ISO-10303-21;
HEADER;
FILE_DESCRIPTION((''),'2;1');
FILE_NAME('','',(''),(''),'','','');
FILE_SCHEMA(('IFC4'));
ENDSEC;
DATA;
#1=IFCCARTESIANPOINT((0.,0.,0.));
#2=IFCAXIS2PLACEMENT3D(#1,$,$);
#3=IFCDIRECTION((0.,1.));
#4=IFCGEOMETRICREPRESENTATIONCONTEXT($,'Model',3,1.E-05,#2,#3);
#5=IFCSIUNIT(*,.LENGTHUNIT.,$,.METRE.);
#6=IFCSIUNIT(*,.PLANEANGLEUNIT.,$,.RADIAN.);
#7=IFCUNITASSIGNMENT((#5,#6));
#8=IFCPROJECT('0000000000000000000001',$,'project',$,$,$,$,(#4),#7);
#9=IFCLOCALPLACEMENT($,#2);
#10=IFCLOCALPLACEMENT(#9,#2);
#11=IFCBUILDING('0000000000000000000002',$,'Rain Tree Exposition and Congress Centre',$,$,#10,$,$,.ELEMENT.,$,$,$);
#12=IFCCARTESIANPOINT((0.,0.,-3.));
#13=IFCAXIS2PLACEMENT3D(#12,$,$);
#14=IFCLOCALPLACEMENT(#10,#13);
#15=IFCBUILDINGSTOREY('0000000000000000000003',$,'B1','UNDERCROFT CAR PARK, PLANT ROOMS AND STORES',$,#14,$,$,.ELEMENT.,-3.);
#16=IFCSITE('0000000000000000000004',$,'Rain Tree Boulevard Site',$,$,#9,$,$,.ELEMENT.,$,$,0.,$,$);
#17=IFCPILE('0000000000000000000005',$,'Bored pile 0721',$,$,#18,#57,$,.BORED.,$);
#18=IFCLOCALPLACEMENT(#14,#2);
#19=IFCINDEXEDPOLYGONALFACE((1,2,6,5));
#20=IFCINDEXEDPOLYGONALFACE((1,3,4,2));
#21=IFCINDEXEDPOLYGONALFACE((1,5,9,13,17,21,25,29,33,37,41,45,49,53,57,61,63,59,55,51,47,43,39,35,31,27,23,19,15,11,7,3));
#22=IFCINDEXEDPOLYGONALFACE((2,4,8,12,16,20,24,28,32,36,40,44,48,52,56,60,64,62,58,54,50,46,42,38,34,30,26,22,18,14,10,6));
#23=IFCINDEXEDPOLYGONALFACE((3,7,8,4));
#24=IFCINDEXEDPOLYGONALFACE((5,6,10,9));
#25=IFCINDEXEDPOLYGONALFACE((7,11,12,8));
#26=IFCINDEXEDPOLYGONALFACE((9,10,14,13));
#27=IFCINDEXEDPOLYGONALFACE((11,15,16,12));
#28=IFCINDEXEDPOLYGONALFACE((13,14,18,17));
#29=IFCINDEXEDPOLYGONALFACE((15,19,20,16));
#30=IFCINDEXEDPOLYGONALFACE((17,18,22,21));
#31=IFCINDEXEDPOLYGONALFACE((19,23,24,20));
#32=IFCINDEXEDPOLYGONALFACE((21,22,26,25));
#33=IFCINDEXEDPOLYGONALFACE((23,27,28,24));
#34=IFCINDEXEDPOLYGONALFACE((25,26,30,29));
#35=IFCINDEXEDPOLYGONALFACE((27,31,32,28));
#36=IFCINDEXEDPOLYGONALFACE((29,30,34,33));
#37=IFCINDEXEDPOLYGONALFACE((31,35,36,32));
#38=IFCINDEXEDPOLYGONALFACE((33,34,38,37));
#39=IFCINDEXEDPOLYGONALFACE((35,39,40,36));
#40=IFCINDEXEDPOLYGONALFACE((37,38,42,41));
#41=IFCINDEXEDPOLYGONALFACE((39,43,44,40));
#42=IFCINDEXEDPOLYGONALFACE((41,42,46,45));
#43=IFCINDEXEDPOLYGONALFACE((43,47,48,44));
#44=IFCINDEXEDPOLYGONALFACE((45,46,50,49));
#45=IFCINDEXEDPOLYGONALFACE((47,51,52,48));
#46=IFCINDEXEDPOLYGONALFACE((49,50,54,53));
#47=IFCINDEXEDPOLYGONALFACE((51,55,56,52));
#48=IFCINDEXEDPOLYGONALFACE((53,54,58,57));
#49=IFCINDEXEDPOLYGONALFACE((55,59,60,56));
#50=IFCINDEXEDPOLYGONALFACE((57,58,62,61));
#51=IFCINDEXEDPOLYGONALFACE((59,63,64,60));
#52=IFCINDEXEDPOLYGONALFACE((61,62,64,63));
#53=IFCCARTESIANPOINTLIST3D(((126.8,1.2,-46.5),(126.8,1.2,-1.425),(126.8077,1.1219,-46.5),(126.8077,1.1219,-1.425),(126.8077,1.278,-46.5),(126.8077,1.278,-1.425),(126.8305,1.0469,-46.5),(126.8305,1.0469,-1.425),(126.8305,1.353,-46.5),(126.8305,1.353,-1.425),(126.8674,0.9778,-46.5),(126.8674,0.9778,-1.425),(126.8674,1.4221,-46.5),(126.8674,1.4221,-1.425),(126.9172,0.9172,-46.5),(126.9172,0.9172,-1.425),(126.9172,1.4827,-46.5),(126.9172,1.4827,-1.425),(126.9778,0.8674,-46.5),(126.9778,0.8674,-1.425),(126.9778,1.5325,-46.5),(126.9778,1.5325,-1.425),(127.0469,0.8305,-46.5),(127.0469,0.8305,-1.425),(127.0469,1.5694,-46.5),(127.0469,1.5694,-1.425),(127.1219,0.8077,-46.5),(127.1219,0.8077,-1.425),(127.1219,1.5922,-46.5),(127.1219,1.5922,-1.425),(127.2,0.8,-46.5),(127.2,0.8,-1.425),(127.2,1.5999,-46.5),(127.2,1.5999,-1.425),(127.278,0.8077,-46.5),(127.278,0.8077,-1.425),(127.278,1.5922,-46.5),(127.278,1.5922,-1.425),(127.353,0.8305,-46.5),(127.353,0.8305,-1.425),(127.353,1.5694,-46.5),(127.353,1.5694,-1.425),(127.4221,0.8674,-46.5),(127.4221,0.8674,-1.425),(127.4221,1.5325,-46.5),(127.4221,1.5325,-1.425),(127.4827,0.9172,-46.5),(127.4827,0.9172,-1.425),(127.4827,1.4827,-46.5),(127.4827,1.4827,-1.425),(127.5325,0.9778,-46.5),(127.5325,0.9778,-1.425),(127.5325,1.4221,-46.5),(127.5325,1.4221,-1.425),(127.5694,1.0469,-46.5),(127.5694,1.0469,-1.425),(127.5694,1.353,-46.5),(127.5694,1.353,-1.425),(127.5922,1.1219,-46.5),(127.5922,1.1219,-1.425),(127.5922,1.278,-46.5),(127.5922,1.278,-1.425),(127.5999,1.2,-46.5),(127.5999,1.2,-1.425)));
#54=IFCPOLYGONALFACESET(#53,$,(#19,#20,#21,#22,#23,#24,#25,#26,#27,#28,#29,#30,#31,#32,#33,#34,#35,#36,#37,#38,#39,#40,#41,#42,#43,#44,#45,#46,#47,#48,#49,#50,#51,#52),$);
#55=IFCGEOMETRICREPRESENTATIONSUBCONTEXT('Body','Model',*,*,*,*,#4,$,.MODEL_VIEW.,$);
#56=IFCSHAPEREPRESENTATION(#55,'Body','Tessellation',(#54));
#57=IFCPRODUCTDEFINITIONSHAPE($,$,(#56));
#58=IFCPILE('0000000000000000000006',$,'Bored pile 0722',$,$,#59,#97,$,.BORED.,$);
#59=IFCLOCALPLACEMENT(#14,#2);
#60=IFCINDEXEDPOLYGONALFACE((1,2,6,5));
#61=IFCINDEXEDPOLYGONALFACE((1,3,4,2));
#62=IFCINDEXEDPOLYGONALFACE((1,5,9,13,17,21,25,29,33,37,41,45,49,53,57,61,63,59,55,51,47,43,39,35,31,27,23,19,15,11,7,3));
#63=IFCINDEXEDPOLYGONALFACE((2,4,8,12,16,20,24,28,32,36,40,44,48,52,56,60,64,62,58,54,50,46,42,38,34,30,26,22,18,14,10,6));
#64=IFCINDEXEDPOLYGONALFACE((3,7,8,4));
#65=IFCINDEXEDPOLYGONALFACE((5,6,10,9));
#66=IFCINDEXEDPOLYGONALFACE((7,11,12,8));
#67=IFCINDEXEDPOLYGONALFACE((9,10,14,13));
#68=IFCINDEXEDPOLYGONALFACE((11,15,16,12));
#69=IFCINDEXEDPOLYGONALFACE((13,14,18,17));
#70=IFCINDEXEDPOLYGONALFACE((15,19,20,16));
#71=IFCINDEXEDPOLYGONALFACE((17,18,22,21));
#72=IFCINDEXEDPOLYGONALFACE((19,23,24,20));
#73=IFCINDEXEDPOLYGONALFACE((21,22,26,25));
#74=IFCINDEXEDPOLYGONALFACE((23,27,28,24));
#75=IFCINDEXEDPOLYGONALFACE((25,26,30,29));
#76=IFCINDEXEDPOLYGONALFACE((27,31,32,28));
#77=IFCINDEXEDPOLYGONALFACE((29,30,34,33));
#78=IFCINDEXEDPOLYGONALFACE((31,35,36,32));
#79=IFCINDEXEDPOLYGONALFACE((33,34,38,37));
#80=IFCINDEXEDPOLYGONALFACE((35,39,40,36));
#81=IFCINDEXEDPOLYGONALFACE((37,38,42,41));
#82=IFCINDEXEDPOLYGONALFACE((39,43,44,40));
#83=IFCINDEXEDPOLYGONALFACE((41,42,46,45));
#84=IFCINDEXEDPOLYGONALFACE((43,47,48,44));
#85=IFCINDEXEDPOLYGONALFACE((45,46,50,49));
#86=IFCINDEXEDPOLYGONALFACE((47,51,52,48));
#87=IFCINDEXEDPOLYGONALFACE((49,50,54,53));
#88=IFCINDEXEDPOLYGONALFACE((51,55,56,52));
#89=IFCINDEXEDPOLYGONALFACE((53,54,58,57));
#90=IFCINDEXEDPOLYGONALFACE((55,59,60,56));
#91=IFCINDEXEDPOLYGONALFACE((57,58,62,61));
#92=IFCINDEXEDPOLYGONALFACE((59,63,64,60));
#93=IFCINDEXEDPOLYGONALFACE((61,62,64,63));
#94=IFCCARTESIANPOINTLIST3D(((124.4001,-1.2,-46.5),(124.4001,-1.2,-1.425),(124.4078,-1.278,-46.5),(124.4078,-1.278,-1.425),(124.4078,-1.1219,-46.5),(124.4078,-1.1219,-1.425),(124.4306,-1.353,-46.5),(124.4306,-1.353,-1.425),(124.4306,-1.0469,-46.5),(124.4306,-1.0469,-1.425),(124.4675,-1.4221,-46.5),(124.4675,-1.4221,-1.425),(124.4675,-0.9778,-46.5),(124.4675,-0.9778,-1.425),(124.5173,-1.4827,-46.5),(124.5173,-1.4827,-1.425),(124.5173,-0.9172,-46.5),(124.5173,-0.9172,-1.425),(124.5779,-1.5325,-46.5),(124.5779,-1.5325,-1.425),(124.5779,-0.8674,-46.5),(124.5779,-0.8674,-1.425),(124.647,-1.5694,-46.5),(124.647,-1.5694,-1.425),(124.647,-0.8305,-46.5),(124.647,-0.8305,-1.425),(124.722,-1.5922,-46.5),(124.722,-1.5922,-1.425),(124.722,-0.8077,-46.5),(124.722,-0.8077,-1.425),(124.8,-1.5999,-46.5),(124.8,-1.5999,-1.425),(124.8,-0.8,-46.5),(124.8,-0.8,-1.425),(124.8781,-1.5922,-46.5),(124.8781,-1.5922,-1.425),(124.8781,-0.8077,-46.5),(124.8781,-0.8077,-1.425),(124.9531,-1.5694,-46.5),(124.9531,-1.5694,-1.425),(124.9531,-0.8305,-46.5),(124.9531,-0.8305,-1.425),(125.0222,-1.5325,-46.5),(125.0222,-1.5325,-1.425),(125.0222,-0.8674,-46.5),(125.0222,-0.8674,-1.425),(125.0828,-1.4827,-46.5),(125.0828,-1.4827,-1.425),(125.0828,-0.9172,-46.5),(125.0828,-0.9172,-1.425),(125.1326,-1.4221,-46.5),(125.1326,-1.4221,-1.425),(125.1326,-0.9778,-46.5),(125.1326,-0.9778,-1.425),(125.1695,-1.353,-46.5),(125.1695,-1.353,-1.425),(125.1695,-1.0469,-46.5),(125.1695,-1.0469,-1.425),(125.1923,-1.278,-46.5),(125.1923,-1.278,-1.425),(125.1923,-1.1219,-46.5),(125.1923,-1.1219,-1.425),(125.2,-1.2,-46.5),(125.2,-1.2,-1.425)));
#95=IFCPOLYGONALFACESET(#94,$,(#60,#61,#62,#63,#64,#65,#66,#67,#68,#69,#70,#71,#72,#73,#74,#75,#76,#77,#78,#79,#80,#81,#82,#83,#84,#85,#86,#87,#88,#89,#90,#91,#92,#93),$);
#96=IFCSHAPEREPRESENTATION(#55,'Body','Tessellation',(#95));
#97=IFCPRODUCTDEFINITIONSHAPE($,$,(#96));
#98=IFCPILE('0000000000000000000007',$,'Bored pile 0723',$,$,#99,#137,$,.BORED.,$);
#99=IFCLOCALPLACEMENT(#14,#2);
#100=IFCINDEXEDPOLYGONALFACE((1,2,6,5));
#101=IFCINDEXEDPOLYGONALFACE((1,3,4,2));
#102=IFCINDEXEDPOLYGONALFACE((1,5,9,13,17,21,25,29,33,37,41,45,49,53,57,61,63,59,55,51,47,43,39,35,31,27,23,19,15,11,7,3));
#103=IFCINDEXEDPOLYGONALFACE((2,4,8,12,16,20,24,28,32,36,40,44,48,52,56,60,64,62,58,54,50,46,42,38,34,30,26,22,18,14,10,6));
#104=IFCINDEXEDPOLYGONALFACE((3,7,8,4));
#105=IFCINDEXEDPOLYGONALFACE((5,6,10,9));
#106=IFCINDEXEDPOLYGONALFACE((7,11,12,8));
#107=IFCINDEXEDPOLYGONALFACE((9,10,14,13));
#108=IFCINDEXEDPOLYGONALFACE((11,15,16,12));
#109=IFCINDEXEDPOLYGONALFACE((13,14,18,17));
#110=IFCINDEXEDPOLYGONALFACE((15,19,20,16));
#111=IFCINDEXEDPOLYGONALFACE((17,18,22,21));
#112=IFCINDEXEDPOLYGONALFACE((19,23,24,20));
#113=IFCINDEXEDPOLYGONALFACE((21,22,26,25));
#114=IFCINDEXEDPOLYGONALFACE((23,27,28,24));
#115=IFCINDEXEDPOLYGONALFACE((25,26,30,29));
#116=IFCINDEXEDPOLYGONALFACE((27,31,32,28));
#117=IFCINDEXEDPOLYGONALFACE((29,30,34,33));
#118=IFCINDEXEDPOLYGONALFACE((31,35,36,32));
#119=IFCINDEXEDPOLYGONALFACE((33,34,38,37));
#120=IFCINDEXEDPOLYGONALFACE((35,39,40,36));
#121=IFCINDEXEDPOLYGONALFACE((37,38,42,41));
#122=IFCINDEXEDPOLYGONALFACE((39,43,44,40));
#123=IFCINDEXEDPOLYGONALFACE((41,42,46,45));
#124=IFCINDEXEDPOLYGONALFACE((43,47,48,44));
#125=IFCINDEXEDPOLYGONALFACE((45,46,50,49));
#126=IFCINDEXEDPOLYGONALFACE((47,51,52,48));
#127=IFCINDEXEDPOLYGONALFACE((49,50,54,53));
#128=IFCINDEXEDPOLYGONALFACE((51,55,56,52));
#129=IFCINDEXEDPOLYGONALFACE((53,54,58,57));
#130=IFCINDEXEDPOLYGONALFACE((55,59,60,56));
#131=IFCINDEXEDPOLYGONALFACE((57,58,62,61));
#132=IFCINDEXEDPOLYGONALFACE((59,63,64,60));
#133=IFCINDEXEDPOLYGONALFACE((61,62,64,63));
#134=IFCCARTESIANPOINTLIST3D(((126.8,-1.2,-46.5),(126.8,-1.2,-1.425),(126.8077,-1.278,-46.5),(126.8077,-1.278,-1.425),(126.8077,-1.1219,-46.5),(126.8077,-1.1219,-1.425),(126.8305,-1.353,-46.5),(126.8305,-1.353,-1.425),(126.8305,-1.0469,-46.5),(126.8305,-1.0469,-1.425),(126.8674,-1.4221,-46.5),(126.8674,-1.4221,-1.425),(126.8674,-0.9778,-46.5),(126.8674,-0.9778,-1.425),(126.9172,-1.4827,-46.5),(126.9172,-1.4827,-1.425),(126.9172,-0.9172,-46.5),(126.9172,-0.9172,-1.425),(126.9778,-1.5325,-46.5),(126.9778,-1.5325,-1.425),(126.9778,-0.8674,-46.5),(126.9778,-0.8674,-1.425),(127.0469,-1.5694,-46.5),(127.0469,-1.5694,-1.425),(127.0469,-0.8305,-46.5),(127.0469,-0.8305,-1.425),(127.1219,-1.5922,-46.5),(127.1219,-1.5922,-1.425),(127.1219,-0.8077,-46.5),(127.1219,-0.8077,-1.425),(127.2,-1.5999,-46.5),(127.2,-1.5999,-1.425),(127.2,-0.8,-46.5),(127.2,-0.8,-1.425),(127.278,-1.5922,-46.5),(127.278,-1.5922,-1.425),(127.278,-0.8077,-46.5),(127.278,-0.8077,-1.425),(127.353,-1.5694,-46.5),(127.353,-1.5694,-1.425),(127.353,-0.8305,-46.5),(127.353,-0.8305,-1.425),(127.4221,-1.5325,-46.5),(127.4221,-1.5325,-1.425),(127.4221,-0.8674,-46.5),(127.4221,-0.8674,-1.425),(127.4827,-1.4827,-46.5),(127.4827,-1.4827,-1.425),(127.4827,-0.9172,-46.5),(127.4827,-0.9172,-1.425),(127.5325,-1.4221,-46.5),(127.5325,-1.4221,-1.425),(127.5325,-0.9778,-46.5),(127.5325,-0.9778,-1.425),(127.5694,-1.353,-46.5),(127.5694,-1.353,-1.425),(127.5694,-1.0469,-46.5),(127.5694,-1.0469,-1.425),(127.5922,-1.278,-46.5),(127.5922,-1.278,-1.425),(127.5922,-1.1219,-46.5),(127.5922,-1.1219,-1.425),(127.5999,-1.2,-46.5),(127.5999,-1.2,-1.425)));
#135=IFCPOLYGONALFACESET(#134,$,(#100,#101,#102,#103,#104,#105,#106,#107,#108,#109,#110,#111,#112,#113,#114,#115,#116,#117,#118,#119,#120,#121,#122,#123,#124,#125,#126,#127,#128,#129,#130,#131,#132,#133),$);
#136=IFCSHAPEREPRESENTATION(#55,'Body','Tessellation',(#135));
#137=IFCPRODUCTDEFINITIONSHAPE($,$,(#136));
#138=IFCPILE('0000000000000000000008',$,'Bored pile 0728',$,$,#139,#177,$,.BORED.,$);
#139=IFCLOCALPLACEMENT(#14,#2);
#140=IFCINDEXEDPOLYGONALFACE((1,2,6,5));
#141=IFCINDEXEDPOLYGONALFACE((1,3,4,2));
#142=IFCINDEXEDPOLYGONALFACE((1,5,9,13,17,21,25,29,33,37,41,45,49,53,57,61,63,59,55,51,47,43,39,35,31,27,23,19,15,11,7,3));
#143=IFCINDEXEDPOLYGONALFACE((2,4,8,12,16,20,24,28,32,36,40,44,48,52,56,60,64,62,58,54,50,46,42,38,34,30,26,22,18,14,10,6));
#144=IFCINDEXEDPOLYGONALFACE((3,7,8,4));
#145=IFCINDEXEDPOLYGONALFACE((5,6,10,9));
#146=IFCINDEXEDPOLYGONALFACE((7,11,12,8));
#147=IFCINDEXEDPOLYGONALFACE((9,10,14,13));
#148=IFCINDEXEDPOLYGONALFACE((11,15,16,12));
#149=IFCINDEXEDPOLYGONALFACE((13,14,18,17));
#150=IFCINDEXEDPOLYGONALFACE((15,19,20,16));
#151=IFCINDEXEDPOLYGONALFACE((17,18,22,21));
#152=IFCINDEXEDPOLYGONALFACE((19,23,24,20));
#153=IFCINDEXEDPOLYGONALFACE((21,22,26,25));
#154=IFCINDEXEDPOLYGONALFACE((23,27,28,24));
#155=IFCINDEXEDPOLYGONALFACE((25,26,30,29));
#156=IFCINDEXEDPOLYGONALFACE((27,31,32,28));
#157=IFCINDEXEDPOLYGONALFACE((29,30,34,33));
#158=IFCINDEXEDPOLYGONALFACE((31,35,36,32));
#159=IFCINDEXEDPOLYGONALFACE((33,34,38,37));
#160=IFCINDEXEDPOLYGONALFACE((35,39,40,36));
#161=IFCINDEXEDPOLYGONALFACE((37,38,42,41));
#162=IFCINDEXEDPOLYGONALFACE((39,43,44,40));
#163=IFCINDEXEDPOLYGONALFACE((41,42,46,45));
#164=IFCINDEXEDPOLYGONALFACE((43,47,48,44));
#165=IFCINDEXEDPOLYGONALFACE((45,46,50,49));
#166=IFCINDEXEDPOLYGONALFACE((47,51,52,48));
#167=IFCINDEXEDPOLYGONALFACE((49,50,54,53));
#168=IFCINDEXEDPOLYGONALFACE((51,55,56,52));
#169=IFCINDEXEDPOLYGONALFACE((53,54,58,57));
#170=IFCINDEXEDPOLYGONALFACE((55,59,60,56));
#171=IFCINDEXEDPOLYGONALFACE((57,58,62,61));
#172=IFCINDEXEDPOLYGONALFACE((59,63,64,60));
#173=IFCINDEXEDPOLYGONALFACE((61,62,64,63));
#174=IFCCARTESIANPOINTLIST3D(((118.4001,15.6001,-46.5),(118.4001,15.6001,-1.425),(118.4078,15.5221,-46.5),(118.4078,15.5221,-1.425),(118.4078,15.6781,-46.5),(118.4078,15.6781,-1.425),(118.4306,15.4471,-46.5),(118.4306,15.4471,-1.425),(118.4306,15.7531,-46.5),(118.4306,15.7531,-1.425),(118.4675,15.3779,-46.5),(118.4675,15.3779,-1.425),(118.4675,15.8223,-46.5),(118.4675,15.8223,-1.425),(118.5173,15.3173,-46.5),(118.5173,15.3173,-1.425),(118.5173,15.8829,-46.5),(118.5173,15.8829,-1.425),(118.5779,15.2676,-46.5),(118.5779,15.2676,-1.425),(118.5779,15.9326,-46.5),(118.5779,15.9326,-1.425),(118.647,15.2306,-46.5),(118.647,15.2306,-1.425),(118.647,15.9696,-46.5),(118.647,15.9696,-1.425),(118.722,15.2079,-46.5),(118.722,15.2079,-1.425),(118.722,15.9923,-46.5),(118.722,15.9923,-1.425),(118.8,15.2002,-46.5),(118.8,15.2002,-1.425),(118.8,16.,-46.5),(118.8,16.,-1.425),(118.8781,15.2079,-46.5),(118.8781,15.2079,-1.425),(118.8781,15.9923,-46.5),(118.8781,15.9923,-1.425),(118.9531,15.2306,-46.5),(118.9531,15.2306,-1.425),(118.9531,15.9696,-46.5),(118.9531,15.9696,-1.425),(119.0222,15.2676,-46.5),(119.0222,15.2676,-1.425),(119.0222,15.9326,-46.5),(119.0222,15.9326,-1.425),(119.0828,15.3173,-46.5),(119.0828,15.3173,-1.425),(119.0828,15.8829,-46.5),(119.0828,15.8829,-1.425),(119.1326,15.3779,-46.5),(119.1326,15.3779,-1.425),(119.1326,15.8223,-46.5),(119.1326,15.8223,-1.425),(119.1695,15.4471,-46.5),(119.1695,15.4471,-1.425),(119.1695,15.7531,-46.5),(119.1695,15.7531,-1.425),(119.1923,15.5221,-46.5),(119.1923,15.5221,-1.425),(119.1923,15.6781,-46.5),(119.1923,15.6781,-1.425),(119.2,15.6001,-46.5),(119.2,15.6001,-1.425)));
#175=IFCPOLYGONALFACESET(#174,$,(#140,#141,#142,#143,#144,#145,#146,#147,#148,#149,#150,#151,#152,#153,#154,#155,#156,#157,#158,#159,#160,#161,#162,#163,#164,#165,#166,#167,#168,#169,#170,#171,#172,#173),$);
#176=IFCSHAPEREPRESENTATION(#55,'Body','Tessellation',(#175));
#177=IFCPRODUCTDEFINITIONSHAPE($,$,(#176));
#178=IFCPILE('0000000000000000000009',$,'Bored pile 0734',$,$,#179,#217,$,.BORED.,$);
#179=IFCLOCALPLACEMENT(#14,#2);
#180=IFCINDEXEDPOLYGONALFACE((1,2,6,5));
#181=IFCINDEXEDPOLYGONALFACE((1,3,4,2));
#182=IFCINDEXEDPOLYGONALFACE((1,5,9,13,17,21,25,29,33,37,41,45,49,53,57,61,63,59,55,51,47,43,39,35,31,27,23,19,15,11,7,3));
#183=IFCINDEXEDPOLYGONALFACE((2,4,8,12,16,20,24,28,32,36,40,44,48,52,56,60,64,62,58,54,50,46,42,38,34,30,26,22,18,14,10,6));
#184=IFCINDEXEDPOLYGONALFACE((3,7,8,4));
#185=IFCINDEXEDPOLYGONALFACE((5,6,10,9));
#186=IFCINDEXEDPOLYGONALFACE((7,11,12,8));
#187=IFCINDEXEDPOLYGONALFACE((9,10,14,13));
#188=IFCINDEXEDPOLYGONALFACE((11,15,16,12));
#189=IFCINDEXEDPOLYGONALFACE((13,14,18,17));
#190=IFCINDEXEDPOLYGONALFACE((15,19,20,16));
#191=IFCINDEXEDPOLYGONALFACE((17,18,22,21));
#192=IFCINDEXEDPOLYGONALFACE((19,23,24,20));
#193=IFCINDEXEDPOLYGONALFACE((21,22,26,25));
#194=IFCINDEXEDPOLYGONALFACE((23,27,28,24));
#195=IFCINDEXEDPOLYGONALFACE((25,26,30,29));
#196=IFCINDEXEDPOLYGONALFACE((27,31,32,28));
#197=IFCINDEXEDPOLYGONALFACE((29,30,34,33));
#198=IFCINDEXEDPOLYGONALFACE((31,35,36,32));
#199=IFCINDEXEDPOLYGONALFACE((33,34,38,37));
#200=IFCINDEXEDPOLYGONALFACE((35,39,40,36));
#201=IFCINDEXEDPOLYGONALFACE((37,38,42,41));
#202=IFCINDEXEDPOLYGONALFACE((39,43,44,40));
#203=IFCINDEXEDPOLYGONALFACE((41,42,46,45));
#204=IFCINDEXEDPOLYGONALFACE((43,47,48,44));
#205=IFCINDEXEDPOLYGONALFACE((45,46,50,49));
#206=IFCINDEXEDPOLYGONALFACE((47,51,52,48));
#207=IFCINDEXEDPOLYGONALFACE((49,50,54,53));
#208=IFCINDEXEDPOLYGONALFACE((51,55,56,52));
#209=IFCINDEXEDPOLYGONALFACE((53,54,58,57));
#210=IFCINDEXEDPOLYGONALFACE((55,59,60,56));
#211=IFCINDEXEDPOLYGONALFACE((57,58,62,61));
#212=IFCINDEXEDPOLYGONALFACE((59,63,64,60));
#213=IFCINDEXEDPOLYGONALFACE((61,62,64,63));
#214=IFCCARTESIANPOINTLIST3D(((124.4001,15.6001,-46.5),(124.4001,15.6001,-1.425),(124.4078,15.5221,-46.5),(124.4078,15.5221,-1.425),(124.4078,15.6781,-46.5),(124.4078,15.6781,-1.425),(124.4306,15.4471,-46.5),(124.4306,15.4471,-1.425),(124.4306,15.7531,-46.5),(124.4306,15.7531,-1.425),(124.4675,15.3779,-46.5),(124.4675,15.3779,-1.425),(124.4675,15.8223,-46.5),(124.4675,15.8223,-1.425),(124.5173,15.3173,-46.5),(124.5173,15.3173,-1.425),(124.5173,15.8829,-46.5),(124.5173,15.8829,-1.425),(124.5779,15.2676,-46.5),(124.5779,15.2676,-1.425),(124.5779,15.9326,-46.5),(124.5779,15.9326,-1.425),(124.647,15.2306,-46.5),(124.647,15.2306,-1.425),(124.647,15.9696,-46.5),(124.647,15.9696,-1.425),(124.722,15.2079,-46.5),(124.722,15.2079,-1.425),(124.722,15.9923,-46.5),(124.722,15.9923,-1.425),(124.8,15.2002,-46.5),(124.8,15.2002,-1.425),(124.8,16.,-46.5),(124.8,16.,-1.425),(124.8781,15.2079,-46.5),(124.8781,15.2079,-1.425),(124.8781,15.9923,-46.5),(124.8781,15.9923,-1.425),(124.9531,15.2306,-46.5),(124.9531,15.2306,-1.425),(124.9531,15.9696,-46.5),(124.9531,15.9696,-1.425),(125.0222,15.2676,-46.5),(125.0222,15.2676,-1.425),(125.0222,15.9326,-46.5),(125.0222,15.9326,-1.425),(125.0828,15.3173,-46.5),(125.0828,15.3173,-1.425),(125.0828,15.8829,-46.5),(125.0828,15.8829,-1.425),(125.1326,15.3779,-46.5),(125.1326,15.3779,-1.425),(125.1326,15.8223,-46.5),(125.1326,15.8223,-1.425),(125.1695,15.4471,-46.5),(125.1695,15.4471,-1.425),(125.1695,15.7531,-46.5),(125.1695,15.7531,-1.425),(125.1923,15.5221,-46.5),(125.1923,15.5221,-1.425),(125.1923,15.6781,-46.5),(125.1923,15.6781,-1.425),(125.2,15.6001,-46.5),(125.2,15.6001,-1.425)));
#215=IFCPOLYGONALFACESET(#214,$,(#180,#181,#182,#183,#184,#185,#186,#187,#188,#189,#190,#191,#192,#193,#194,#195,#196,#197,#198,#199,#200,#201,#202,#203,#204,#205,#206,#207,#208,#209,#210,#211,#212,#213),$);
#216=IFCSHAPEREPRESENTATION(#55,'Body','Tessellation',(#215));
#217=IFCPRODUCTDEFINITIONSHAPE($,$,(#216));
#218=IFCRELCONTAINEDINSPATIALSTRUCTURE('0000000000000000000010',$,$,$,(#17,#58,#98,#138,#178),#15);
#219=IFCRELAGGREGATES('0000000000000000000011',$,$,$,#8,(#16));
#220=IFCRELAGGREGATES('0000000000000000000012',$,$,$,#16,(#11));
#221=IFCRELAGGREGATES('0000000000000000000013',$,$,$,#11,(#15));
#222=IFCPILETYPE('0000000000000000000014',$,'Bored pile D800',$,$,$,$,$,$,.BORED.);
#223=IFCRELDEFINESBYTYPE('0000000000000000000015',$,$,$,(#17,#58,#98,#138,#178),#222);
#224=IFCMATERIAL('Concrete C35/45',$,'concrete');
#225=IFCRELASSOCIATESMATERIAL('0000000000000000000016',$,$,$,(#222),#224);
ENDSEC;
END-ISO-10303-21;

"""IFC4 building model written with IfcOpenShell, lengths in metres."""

from ifc_helpers import new_model, si_unit, direction, frame, origin, origin_2d, place, context, subcontext, project, spatial, circle, extrude, material, material_profile, profile_set, type_object, element, save


model = new_model("IFC4")

# Units and contexts
model_context = context("Model", 3, precision=1e-05, world=origin(), true_north=direction((0.0, 1.0)))
body_context = subcontext(model_context, "Body", "Model", "MODEL_VIEW")
ifc_project = project(units=[si_unit("LENGTHUNIT", "METRE"), si_unit("PLANEANGLEUNIT", "RADIAN")], contexts=[model_context])

# Site, building, storey
site_placement = place(None, origin())
site = spatial("IfcSite", under=ifc_project, at=site_placement, Name="Rain Tree Boulevard Site", CompositionType="ELEMENT", RefElevation=0.0)
building_placement = place(site_placement, origin())
building = spatial("IfcBuilding", under=site, at=building_placement, Name="Rain Tree Exposition and Congress Centre", CompositionType="ELEMENT")
storey_placement = place(building_placement, frame((0.0, 0.0, -3.0)))
storey = spatial("IfcBuildingStorey", under=building, at=storey_placement, Name="B1", Description="UNDERCROFT CAR PARK, PLANT ROOMS AND STORES", CompositionType="ELEMENT", Elevation=-3.0)

# Piles
ifc_material_1 = material(Name="Concrete C35/45", Category="concrete")
ifc_material_profile_1 = material_profile(ifc_material_1, circle(Radius=0.3999, at=origin_2d()), Name="D800")
ifc_profile_set_1 = profile_set([ifc_material_profile_1], Name="Concrete C35/45")
pile_type_1 = type_object("IfcPileType", Name="Bored pile D800", PredefinedType="BORED", material=ifc_profile_set_1)
for number, where, z_axis, x_axis, name in (
    (1, (127.2, 1.2, -1.425), (0.0, 0.0, -1.0), (1.0, 0.0, 0.0), "Bored pile 0721"),
    (2, (124.8, -1.2, -1.425), (0.0, 0.0, -1.0), (1.0, 0.0, 0.0), "Bored pile 0722"),
    (3, (127.2, -1.2, -1.425), (0.0, 0.0, -1.0), (1.0, 0.0, 0.0), "Bored pile 0723"),
    (4, (118.8, 15.6001, -1.425), (0.0, 0.0, -1.0), (1.0, 0.0, 0.0), "Bored pile 0728"),
    (5, (124.8, 15.6001, -1.425), (0.0, 0.0, -1.0), (1.0, 0.0, 0.0), "Bored pile 0734"),
):
    element("IfcPile", number, at=place(storey_placement, frame(where, z_axis=z_axis, x_axis=x_axis)), inside=storey, type_object=pile_type_1, Name=name, PredefinedType="BORED", context=body_context, shape_type="SweptSolid", body=[
        extrude(circle(Radius=0.3999, at=origin_2d()), origin(), (0.0, 0.0, 1.0), 45.075),
    ])

save(model, "model.ifc")
